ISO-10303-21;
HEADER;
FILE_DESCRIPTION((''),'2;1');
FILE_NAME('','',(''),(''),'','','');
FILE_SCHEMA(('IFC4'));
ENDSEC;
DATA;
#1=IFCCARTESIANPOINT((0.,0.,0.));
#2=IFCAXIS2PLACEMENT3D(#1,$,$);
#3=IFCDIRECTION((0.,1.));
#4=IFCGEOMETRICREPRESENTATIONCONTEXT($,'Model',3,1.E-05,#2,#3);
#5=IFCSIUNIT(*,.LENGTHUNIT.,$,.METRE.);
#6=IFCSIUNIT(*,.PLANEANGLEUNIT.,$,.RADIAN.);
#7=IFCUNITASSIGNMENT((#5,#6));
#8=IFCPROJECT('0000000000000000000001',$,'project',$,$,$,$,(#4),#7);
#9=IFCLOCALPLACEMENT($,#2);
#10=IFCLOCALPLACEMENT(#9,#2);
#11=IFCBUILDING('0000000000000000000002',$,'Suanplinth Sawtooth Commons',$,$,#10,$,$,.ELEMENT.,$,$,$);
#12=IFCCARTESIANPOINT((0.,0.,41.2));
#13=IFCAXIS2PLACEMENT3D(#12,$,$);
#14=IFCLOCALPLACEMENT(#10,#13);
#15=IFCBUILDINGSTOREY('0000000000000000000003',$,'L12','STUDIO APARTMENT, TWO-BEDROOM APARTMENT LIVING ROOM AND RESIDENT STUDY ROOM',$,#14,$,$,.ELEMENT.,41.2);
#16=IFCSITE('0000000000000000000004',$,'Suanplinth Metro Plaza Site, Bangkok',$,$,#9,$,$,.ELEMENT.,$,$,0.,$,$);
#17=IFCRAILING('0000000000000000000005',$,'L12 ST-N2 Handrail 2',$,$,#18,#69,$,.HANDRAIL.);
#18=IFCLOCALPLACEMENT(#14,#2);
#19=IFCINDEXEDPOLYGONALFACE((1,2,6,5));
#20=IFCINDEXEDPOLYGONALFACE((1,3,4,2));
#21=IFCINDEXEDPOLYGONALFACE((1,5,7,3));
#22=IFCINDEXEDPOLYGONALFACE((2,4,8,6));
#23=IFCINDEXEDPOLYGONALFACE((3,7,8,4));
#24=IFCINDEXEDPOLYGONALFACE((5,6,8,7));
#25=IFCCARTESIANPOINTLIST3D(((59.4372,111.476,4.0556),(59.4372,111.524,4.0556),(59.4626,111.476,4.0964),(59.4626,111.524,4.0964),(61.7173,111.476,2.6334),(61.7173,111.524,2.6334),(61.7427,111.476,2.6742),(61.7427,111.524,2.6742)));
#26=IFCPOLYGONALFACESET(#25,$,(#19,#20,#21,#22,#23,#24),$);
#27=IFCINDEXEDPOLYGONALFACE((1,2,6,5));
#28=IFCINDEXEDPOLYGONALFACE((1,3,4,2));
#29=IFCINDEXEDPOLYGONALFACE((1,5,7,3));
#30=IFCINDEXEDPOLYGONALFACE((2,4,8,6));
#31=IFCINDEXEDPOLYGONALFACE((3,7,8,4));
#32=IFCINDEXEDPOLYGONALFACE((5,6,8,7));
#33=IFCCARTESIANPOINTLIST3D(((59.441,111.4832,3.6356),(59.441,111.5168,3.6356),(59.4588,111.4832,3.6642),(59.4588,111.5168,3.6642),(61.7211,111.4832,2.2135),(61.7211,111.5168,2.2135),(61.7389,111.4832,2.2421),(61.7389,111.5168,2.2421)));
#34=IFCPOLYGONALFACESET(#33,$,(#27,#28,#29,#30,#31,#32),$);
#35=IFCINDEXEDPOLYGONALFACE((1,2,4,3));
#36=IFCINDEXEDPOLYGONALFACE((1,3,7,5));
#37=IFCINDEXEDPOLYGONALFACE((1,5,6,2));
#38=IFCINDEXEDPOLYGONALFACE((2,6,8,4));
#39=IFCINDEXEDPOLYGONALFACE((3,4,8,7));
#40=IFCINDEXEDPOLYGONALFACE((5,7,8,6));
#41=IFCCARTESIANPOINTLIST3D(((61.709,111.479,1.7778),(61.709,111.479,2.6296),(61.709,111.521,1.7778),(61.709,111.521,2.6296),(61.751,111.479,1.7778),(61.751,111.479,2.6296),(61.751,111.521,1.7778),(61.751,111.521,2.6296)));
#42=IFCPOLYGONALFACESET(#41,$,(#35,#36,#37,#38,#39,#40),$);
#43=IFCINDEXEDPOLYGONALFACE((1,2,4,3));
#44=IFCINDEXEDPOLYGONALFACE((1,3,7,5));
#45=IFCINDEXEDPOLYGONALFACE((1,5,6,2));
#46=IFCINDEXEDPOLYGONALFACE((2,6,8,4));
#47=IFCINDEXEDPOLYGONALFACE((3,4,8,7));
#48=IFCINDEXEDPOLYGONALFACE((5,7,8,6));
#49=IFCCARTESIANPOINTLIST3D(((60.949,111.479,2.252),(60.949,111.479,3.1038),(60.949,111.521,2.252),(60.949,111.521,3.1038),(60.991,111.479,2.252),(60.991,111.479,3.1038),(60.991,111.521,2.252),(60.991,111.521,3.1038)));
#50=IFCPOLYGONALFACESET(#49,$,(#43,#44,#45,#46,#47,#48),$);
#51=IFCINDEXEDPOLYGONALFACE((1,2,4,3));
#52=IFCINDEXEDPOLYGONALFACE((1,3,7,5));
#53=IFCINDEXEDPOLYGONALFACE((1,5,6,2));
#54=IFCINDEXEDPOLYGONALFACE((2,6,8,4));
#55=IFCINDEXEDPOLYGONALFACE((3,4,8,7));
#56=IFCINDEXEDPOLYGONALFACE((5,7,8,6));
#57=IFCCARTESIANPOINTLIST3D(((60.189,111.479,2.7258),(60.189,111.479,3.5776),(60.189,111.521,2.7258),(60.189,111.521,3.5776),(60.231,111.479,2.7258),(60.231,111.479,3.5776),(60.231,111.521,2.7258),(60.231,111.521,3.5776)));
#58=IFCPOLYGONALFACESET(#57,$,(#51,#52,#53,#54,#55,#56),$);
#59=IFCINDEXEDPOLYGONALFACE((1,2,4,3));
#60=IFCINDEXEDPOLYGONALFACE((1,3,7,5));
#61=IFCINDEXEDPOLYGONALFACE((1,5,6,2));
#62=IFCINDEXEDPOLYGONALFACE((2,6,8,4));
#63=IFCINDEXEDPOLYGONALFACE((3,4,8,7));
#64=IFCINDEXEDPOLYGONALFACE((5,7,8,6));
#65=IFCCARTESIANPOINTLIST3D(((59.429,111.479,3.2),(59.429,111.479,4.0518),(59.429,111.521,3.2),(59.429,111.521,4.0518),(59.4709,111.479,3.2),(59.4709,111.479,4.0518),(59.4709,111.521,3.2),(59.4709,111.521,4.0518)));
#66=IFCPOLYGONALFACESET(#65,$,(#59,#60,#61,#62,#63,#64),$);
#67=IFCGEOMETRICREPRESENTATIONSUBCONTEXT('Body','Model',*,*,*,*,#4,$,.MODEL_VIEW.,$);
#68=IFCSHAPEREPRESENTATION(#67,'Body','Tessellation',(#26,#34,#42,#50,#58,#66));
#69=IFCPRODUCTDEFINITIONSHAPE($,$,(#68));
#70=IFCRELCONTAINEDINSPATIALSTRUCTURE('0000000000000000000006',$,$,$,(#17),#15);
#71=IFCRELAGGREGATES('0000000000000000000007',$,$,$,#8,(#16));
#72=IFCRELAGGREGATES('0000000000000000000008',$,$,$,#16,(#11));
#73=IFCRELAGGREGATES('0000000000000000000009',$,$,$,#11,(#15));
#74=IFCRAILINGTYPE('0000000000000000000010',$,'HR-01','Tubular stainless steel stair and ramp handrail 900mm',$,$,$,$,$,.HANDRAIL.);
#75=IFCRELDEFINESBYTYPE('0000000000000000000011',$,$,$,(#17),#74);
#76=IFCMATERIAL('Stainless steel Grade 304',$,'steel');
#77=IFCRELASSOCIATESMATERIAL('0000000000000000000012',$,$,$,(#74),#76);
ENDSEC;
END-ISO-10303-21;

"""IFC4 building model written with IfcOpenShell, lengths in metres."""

from ifc_helpers import new_model, si_unit, direction, frame, origin, origin_2d, place, context, subcontext, project, spatial, rectangle, extrude, material, type_object, element, save


model = new_model("IFC4")

# Units and contexts
model_context = context("Model", 3, precision=1e-05, world=origin(), true_north=direction((0.0, 1.0)))
body_context = subcontext(model_context, "Body", "Model", "MODEL_VIEW")
ifc_project = project(units=[si_unit("LENGTHUNIT", "METRE"), si_unit("PLANEANGLEUNIT", "RADIAN")], contexts=[model_context])

# Site, building, storey
site_placement = place(None, origin())
site = spatial("IfcSite", under=ifc_project, at=site_placement, Name="Suanplinth Metro Plaza Site, Bangkok", CompositionType="ELEMENT", RefElevation=0.0)
building_placement = place(site_placement, origin())
building = spatial("IfcBuilding", under=site, at=building_placement, Name="Suanplinth Sawtooth Commons", CompositionType="ELEMENT")
storey_placement = place(building_placement, frame((0.0, 0.0, 41.2)))
storey = spatial("IfcBuildingStorey", under=building, at=storey_placement, Name="L12", Description="STUDIO APARTMENT, TWO-BEDROOM APARTMENT LIVING ROOM AND RESIDENT STUDY ROOM", CompositionType="ELEMENT", Elevation=41.2)

# Shared definitions
ifc_material_1 = material(Name="Stainless steel Grade 304", Category="steel")

# Railing
railing_type_1 = type_object("IfcRailingType", Name="HR-01", Description="Tubular stainless steel stair and ramp handrail 900mm", PredefinedType="HANDRAIL", material=ifc_material_1)
railing_1_placement = place(storey_placement, frame((61.73, 111.5, 1.7778)))
element("IfcRailing", 1, at=railing_1_placement, inside=storey, type_object=railing_type_1, Name="L12 ST-N2 Handrail 2", PredefinedType="HANDRAIL", context=body_context, shape_type="SweptSolid", body=[
    extrude(rectangle(XDim=0.0481, YDim=0.0481, at=origin_2d()), frame((0.0, 0.0, 0.876), z_axis=(-0.848483, 0.0, 0.529223), x_axis=(0.0, -1.0, 0.0)), (0.0, 0.0, 1.0), 2.6873),
    extrude(rectangle(XDim=0.0337, YDim=0.0337, at=origin_2d()), frame((0.0, 0.0, 0.45), z_axis=(-0.848483, 0.0, 0.529223), x_axis=(0.0, -1.0, 0.0)), (0.0, 0.0, 1.0), 2.6873),
    extrude(rectangle(XDim=0.042, YDim=0.042, at=origin_2d()), origin(), (0.0, 0.0, 1.0), 0.8518),
    extrude(rectangle(XDim=0.042, YDim=0.042, at=origin_2d()), frame((-0.76, 0.0, 0.4741)), (0.0, 0.0, 1.0), 0.8518),
    extrude(rectangle(XDim=0.042, YDim=0.042, at=origin_2d()), frame((-1.52, 0.0, 0.948)), (0.0, 0.0, 1.0), 0.8518),
    extrude(rectangle(XDim=0.042, YDim=0.042, at=origin_2d()), frame((-2.28, 0.0, 1.4221)), (0.0, 0.0, 1.0), 0.8518),
])

save(model, "model.ifc")
